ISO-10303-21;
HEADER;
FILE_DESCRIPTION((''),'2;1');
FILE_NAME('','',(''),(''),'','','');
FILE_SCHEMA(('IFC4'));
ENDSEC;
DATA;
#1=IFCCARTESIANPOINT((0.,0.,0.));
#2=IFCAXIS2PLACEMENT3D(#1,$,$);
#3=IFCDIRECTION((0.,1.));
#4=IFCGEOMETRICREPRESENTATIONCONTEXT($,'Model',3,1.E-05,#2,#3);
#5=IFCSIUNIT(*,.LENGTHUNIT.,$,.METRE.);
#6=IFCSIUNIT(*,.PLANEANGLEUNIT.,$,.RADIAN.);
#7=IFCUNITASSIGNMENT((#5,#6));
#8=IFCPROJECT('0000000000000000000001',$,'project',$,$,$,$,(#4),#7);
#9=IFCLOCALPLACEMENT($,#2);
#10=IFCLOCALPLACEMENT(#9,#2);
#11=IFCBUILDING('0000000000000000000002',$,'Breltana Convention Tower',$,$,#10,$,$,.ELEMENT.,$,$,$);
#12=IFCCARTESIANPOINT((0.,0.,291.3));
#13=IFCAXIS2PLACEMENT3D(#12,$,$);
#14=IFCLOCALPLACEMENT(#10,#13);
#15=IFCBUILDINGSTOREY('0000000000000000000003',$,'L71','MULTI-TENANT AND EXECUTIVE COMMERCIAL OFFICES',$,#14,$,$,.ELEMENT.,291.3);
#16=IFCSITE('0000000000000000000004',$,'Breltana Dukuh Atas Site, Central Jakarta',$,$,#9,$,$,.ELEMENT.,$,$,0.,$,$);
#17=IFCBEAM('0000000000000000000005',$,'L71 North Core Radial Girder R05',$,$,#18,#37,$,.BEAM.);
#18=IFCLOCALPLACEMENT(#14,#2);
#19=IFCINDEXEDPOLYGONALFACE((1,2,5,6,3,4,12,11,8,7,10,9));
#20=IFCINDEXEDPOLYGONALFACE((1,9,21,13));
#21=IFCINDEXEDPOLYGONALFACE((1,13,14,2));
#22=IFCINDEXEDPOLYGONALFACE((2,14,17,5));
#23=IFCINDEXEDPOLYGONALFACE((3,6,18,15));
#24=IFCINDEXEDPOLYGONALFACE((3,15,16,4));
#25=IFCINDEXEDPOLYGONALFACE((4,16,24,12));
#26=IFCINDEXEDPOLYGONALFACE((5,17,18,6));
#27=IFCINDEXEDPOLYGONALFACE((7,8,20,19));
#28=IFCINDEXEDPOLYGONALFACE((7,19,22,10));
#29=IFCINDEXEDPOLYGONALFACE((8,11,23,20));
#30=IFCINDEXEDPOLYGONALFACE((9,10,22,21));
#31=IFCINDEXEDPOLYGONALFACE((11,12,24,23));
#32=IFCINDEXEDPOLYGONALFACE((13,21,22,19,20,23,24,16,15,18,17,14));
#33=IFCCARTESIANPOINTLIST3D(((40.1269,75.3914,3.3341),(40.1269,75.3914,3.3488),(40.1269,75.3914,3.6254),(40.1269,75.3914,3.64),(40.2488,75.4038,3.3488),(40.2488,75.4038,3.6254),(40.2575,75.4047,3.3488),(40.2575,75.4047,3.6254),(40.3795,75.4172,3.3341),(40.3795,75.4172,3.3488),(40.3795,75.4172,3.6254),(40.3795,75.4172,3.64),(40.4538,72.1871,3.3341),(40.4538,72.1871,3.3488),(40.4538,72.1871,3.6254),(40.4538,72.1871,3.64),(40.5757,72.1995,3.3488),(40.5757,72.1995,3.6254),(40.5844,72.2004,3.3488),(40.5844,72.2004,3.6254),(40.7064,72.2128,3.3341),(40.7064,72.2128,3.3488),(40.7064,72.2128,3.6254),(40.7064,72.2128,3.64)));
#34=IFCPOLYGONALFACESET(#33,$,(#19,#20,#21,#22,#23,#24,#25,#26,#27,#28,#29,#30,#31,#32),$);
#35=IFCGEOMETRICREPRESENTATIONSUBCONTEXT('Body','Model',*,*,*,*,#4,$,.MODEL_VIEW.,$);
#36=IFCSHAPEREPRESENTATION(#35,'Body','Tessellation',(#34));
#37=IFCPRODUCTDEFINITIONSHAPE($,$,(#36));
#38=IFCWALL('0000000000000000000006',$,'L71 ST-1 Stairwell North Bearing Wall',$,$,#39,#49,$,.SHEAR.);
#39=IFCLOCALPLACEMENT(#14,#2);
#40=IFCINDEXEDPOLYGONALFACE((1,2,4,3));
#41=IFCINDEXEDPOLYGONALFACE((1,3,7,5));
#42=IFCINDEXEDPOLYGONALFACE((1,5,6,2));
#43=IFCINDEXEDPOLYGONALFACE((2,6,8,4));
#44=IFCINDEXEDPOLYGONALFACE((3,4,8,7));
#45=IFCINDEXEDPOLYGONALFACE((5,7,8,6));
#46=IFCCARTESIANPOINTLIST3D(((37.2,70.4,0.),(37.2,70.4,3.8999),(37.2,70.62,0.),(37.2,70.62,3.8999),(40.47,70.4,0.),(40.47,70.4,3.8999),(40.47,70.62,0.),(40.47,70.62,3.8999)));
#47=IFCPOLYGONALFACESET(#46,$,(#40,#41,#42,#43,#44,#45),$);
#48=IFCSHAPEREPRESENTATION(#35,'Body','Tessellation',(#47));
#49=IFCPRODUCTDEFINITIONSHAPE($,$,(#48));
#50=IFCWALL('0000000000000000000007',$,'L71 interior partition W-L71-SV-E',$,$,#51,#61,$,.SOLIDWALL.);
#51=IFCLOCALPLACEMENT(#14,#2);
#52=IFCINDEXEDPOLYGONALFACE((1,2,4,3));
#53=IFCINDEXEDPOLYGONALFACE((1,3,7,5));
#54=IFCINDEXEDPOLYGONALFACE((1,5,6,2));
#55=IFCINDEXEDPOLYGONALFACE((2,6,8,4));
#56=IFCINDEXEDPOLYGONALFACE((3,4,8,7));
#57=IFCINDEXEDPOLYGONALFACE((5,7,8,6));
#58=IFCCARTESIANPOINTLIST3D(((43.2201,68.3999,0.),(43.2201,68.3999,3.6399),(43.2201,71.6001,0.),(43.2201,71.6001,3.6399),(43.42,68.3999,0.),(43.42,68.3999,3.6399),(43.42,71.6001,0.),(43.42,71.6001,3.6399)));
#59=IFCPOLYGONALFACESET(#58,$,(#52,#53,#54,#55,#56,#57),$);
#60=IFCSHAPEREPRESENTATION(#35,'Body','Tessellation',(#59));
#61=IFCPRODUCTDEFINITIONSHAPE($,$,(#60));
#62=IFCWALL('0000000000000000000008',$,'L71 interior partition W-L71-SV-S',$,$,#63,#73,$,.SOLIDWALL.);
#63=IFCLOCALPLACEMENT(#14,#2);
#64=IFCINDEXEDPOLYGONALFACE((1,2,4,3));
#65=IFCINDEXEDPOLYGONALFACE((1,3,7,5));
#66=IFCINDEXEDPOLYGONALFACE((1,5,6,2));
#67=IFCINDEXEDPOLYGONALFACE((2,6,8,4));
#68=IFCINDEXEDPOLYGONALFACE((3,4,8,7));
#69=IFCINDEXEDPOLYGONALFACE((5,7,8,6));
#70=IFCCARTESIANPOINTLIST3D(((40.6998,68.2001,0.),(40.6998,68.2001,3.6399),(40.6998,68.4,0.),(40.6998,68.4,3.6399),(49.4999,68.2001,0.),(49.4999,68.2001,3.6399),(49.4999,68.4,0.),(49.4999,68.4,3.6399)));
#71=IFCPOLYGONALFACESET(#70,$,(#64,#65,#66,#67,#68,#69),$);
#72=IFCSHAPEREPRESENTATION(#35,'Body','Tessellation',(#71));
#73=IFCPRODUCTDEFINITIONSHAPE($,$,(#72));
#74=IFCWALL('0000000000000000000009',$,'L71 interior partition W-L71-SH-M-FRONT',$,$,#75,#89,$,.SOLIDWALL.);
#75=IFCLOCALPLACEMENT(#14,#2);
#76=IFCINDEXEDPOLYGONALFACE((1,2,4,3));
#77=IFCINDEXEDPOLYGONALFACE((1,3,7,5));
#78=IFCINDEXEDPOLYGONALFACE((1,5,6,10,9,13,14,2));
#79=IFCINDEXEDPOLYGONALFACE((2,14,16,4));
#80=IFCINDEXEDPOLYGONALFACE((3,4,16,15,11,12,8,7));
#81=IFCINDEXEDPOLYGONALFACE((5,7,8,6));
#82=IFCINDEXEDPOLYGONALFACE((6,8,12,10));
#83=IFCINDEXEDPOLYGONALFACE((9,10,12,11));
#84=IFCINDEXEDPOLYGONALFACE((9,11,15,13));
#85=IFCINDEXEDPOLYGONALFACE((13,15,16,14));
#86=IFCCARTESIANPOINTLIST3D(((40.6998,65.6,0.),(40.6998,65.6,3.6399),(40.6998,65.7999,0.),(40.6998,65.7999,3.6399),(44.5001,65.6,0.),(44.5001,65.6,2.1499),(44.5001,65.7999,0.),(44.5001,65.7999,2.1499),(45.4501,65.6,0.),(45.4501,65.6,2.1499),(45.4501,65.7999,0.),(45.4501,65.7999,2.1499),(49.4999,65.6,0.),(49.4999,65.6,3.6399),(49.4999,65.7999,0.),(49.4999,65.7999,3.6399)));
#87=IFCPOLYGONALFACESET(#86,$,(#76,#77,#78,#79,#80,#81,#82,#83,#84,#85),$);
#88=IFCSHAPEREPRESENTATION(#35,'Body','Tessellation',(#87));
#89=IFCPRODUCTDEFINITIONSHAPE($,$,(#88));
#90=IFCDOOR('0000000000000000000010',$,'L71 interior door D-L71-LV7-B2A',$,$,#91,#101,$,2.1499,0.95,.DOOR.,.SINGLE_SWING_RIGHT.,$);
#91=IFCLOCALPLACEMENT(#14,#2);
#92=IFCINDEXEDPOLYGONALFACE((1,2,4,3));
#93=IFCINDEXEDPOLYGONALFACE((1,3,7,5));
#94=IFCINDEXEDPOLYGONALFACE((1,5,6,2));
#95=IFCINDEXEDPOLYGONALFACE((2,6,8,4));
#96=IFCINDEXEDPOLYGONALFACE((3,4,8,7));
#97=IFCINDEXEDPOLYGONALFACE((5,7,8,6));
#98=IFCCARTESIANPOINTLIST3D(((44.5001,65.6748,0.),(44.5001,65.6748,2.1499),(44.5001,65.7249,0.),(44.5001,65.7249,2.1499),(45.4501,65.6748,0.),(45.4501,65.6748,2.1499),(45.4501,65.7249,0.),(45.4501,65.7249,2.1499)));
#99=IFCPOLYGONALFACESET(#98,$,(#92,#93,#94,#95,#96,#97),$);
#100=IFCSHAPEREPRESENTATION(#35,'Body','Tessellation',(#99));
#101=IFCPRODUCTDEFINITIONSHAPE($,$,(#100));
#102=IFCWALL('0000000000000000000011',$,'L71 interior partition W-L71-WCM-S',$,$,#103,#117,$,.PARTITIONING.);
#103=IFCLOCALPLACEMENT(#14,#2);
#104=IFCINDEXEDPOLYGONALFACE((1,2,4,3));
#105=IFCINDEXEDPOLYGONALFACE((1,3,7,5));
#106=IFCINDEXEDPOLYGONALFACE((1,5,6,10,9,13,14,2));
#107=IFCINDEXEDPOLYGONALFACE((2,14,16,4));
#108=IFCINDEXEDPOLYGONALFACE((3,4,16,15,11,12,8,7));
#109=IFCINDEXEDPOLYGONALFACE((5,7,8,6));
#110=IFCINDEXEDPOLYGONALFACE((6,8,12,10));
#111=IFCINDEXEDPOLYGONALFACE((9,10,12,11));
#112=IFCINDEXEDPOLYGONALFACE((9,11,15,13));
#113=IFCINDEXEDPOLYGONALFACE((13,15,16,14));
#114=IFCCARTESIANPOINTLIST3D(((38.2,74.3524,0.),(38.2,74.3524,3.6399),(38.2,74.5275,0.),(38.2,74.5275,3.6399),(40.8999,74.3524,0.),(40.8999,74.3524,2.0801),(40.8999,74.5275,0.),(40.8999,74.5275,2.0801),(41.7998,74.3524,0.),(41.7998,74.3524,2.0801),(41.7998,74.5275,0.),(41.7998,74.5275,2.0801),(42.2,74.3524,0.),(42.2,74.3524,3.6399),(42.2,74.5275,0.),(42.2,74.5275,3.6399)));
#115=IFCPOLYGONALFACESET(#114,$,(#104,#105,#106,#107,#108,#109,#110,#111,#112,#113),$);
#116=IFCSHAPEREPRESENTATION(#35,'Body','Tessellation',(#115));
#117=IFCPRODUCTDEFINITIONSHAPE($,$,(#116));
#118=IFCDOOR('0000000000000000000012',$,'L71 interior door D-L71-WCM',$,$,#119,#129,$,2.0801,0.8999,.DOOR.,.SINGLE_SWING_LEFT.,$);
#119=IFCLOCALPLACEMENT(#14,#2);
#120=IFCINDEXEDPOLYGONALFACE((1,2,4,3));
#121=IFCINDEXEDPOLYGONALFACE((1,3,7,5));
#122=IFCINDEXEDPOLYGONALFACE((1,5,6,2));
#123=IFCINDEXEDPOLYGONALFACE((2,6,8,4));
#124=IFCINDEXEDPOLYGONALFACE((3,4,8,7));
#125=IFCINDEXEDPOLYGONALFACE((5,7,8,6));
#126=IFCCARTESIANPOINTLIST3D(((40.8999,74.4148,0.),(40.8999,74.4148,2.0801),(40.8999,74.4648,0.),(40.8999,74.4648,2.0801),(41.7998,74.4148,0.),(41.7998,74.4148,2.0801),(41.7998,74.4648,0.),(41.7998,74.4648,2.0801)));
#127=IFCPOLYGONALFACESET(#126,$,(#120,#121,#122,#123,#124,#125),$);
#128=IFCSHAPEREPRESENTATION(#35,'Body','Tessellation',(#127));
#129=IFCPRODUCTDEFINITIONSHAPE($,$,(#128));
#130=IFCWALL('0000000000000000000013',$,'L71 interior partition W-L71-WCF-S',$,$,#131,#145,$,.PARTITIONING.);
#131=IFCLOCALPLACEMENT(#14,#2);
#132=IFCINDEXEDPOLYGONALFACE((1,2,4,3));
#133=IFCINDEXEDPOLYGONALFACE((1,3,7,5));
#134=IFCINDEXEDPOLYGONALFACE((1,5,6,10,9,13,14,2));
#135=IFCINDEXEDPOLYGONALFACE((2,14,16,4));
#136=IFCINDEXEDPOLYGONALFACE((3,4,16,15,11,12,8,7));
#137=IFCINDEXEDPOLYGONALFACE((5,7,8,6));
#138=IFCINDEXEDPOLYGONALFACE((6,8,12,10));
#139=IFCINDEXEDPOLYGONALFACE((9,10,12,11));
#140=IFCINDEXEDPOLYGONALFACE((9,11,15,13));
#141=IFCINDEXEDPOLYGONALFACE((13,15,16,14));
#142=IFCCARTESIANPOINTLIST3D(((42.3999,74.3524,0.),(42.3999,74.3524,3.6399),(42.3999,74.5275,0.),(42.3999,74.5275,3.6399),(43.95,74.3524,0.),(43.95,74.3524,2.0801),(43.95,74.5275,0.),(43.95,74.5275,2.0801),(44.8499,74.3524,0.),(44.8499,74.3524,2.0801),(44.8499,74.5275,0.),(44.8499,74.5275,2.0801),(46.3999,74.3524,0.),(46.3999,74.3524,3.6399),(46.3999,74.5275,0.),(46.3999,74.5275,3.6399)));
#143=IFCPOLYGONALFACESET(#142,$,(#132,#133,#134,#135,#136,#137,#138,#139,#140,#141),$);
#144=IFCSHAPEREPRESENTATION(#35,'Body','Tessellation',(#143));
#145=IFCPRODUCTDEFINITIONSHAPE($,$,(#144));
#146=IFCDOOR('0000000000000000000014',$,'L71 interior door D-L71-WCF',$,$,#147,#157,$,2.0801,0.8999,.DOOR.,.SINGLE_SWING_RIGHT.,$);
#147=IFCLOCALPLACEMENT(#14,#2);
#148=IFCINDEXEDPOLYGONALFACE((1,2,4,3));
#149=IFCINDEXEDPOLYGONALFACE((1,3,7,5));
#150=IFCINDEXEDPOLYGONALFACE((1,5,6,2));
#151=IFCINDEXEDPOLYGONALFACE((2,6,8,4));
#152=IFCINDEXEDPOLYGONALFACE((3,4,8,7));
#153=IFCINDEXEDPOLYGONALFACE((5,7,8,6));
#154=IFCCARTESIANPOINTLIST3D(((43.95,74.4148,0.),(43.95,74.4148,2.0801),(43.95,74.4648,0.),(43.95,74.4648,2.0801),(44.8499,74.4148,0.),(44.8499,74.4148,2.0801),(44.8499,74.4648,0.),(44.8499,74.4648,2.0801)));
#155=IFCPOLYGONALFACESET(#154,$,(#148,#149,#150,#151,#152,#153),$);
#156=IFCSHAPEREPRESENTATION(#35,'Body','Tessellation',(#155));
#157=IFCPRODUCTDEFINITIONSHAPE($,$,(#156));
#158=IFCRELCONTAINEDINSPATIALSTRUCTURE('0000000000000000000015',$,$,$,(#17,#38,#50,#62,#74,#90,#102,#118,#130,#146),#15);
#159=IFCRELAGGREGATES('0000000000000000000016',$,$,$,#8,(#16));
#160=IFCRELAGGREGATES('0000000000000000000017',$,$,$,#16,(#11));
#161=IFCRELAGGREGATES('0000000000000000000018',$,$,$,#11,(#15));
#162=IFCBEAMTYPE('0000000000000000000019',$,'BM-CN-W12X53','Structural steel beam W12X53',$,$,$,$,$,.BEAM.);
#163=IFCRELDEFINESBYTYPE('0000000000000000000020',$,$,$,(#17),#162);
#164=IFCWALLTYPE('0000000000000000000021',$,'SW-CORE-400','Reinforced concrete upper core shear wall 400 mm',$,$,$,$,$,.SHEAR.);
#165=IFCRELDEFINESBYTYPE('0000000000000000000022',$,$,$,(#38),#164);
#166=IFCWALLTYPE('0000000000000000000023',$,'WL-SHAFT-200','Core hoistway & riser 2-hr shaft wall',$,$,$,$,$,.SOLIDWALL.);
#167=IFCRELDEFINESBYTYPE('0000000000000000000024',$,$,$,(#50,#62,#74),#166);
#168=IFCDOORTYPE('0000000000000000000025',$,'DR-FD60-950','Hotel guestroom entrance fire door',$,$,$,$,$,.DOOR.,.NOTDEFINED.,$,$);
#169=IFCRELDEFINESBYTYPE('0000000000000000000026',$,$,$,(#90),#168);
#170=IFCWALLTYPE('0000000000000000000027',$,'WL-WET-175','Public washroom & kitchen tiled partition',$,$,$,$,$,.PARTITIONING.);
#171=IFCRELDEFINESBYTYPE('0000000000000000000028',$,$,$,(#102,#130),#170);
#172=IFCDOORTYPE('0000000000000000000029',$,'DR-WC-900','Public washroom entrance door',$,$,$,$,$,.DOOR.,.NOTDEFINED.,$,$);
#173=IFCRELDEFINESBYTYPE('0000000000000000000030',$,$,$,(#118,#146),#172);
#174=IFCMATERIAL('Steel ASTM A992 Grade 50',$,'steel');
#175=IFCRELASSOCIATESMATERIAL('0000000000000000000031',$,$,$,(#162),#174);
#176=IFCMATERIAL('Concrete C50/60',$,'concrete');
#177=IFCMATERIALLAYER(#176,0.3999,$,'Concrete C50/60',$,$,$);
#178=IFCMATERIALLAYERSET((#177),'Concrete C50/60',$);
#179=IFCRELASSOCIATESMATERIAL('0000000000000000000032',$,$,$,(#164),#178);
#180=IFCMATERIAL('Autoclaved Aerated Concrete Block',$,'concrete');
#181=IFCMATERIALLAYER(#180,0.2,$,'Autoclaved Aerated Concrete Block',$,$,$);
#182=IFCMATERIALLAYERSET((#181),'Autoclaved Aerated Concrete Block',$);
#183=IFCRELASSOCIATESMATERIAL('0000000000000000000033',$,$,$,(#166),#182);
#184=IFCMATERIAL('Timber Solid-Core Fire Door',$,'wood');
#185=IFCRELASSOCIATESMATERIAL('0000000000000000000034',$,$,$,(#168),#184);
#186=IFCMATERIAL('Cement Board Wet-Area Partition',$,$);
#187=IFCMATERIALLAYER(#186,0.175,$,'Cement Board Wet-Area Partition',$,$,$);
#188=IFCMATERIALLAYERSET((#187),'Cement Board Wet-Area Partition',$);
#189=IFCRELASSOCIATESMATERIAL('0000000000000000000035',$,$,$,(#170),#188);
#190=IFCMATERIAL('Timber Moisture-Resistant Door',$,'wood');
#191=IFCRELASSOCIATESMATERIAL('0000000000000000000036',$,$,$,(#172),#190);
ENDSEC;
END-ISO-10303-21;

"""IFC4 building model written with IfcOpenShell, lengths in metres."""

from ifc_helpers import new_model, si_unit, direction, frame, frame_2d, origin, origin_2d, place, context, subcontext, project, spatial, rectangle, i_section, extrude, source, transform, mapped, material, layer, layer_set, material_profile, profile_set, type_object, type_shapes, element, fill, save


model = new_model("IFC4")

# Units and contexts
model_context = context("Model", 3, precision=1e-05, world=origin(), true_north=direction((0.0, 1.0)))
body_context = subcontext(model_context, "Body", "Model", "MODEL_VIEW")
ifc_project = project(units=[si_unit("LENGTHUNIT", "METRE"), si_unit("PLANEANGLEUNIT", "RADIAN")], contexts=[model_context])

# Site, building, storey
site_placement = place(None, origin())
site = spatial("IfcSite", under=ifc_project, at=site_placement, Name="Breltana Dukuh Atas Site, Central Jakarta", CompositionType="ELEMENT", RefElevation=0.0)
building_placement = place(site_placement, origin())
building = spatial("IfcBuilding", under=site, at=building_placement, Name="Breltana Convention Tower", CompositionType="ELEMENT")
storey_placement = place(building_placement, frame((0.0, 0.0, 291.3)))
storey = spatial("IfcBuildingStorey", under=building, at=storey_placement, Name="L71", Description="MULTI-TENANT AND EXECUTIVE COMMERCIAL OFFICES", CompositionType="ELEMENT", Elevation=291.3)

# Beam
ifc_material_1 = material(Name="Steel ASTM A992 Grade 50", Category="steel")
ifc_material_profile = material_profile(ifc_material_1, i_section(OverallWidth=0.2539, OverallDepth=0.3059, WebThickness=0.0088, FlangeThickness=0.0146, at=origin_2d()), Name="W12X53")
ifc_profile_set = profile_set([ifc_material_profile], Name="Steel ASTM A992 Grade 50")
beam_type = type_object("IfcBeamType", Name="BM-CN-W12X53", Description="Structural steel beam W12X53", PredefinedType="BEAM", material=ifc_profile_set)
shared_shape_1 = source(origin(), body_context, "Body", "SweptSolid", [
    extrude(i_section(OverallWidth=0.2539, OverallDepth=0.3059, WebThickness=0.0088, FlangeThickness=0.0146, at=origin_2d()), origin(), (0.0, 0.0, 1.0), 3.2209),
])
beam_placement = place(storey_placement, frame((40.5801, 72.2, 3.4871), z_axis=(-0.101492, 0.994836, 0.0), x_axis=(-0.994836, -0.101492, 0.0)))
element("IfcBeam", 1, at=beam_placement, inside=storey, type_object=beam_type, Name="L71 North Core Radial Girder R05", PredefinedType="BEAM", context=body_context, shape_type="MappedRepresentation", body=[
    mapped(shared_shape_1, transform((0.0, 0.0, 0.0), scale=1.0)),
])

# Wall
ifc_material_2 = material(Name="Concrete C50/60", Category="concrete")
ifc_layer_1 = layer(ifc_material_2, 0.3999, Name="Concrete C50/60")
ifc_layer_set_1 = layer_set([ifc_layer_1], Name="Concrete C50/60")
wall_type_1 = type_object("IfcWallType", Name="SW-CORE-400", Description="Reinforced concrete upper core shear wall 400 mm", PredefinedType="SHEAR", material=ifc_layer_set_1)
shared_shape_2 = source(origin(), body_context, "Body", "SweptSolid", [
    extrude(rectangle(XDim=3.27, YDim=0.22, at=frame_2d((1.635, 0.0))), origin(), (0.0, 0.0, 1.0), 3.8999),
])
wall_1_placement = place(storey_placement, frame((37.2, 70.51, 0.0), z_axis=(0.0, 0.0, 1.0), x_axis=(1.0, 0.0, 0.0)))
element("IfcWall", 2, at=wall_1_placement, inside=storey, type_object=wall_type_1, Name="L71 ST-1 Stairwell North Bearing Wall", PredefinedType="SHEAR", context=body_context, shape_type="MappedRepresentation", body=[
    mapped(shared_shape_2, transform((0.0, 0.0, 0.0), scale=1.0)),
])

# Walls
ifc_material_3 = material(Name="Autoclaved Aerated Concrete Block", Category="concrete")
ifc_layer_2 = layer(ifc_material_3, 0.2, Name="Autoclaved Aerated Concrete Block")
ifc_layer_set_2 = layer_set([ifc_layer_2], Name="Autoclaved Aerated Concrete Block")
wall_type_2 = type_object("IfcWallType", Name="WL-SHAFT-200", Description="Core hoistway & riser 2-hr shaft wall", PredefinedType="SOLIDWALL", material=ifc_layer_set_2)
shared_shape_3 = source(origin(), body_context, "Body", "SweptSolid", [
    extrude(rectangle(XDim=3.2002, YDim=0.2, at=frame_2d((1.6001, 0.0))), origin(), (0.0, 0.0, 1.0), 3.6399),
])
wall_2_placement = place(storey_placement, frame((43.3201, 68.3999, 0.0), z_axis=(0.0, 0.0, 1.0), x_axis=(0.0, 1.0, 0.0)))
element("IfcWall", 3, at=wall_2_placement, inside=storey, type_object=wall_type_2, Name="L71 interior partition W-L71-SV-E", PredefinedType="SOLIDWALL", context=body_context, shape_type="MappedRepresentation", body=[
    mapped(shared_shape_3, transform((0.0, 0.0, 0.0), scale=1.0)),
])
shared_shape_4 = source(origin(), body_context, "Body", "SweptSolid", [
    extrude(rectangle(XDim=8.8, YDim=0.2, at=frame_2d((4.3999, 0.0))), origin(), (0.0, 0.0, 1.0), 3.6399),
])
wall_3_placement = place(storey_placement, frame((40.7, 68.3, 0.0), z_axis=(0.0, 0.0, 1.0), x_axis=(1.0, 0.0, 0.0)))
element("IfcWall", 4, at=wall_3_placement, inside=storey, type_object=wall_type_2, Name="L71 interior partition W-L71-SV-S", PredefinedType="SOLIDWALL", context=body_context, shape_type="MappedRepresentation", body=[
    mapped(shared_shape_4, transform((0.0, 0.0, 0.0), scale=1.0)),
])

# Wall, opening, door
wall_4_placement = place(storey_placement, frame((40.7, 65.7, 0.0), z_axis=(0.0, 0.0, 1.0), x_axis=(1.0, 0.0, 0.0)))
wall_4 = element("IfcWall", 5, at=wall_4_placement, inside=storey, type_object=wall_type_2, Name="L71 interior partition W-L71-SH-M-FRONT", PredefinedType="SOLIDWALL", context=body_context, shape_type="MappedRepresentation", body=[
    mapped(shared_shape_4, transform((0.0, 0.0, 0.0), scale=1.0)),
])
opening_1_placement = place(wall_4_placement, frame((3.8, 0.0, 0.0)))
opening_1 = element("IfcOpeningElement", 6, at=opening_1_placement, cuts=wall_4, PredefinedType="OPENING", context=body_context, shape_type="SweptSolid", body=[
    extrude(rectangle(XDim=0.95, YDim=2.1499, at=frame_2d((0.4751, 1.075))), frame((0.0, 0.1099, 0.0), z_axis=(0.0, -1.0, 0.0), x_axis=(1.0, 0.0, 0.0)), (0.0, 0.0, 1.0), 0.22),
])
ifc_material_4 = material(Name="Timber Solid-Core Fire Door", Category="wood")
door_type_1 = type_object("IfcDoorType", Name="DR-FD60-950", Description="Hotel guestroom entrance fire door", OperationType="NOTDEFINED", PredefinedType="DOOR", material=ifc_material_4)
shared_shape_5 = source(origin(), body_context, "Body", "SweptSolid", [
    extrude(rectangle(XDim=0.95, YDim=2.1499, at=frame_2d((0.4751, 1.075))), frame((0.0, 0.0249, 0.0), z_axis=(0.0, -1.0, 0.0), x_axis=(1.0, 0.0, 0.0)), (0.0, 0.0, 1.0), 0.05),
])
type_shapes(door_type_1, [shared_shape_5])
door_1_placement = place(opening_1_placement, origin())
door_1 = element("IfcDoor", 7, at=door_1_placement, inside=storey, type_object=door_type_1, Name="L71 interior door D-L71-LV7-B2A", OperationType="SINGLE_SWING_RIGHT", OverallHeight=2.1499, OverallWidth=0.95, PredefinedType="DOOR", context=body_context, shape_type="MappedRepresentation", body=[
    mapped(shared_shape_5, transform((0.0, 0.0, 0.0), scale=1.0)),
])
fill(opening_1, door_1)

# Walls, openings, doors
ifc_material_5 = material(Name="Cement Board Wet-Area Partition")
ifc_layer_3 = layer(ifc_material_5, 0.175, Name="Cement Board Wet-Area Partition")
ifc_layer_set_3 = layer_set([ifc_layer_3], Name="Cement Board Wet-Area Partition")
wall_type_3 = type_object("IfcWallType", Name="WL-WET-175", Description="Public washroom & kitchen tiled partition", PredefinedType="PARTITIONING", material=ifc_layer_set_3)
shared_shape_6 = source(origin(), body_context, "Body", "SweptSolid", [
    extrude(rectangle(XDim=4.0, YDim=0.175, at=frame_2d((2.0, 0.0))), origin(), (0.0, 0.0, 1.0), 3.6399),
])
wall_5_placement = place(storey_placement, frame((38.2, 74.4399, 0.0), z_axis=(0.0, 0.0, 1.0), x_axis=(1.0, 0.0, 0.0)))
wall_5 = element("IfcWall", 8, at=wall_5_placement, inside=storey, type_object=wall_type_3, Name="L71 interior partition W-L71-WCM-S", PredefinedType="PARTITIONING", context=body_context, shape_type="MappedRepresentation", body=[
    mapped(shared_shape_6, transform((0.0, 0.0, 0.0), scale=1.0)),
])
opening_2_placement = place(wall_5_placement, frame((2.7, 0.0, 0.0)))
opening_2 = element("IfcOpeningElement", 9, at=opening_2_placement, cuts=wall_5, PredefinedType="OPENING", context=body_context, shape_type="SweptSolid", body=[
    extrude(rectangle(XDim=0.8999, YDim=2.0801, at=frame_2d((0.45, 1.04))), frame((0.0, 0.0977, 0.0), z_axis=(0.0, -1.0, 0.0), x_axis=(1.0, 0.0, 0.0)), (0.0, 0.0, 1.0), 0.1951),
])
ifc_material_6 = material(Name="Timber Moisture-Resistant Door", Category="wood")
door_type_2 = type_object("IfcDoorType", Name="DR-WC-900", Description="Public washroom entrance door", OperationType="NOTDEFINED", PredefinedType="DOOR", material=ifc_material_6)
shared_shape_7 = source(origin(), body_context, "Body", "SweptSolid", [
    extrude(rectangle(XDim=0.8999, YDim=2.0801, at=frame_2d((0.45, 1.04))), frame((0.0, 0.0249, 0.0), z_axis=(0.0, -1.0, 0.0), x_axis=(1.0, 0.0, 0.0)), (0.0, 0.0, 1.0), 0.05),
])
type_shapes(door_type_2, [shared_shape_7])
door_2_placement = place(opening_2_placement, origin())
door_2 = element("IfcDoor", 10, at=door_2_placement, inside=storey, type_object=door_type_2, Name="L71 interior door D-L71-WCM", OperationType="SINGLE_SWING_LEFT", OverallHeight=2.0801, OverallWidth=0.8999, PredefinedType="DOOR", context=body_context, shape_type="MappedRepresentation", body=[
    mapped(shared_shape_7, transform((0.0, 0.0, 0.0), scale=1.0)),
])
fill(opening_2, door_2)
wall_6_placement = place(storey_placement, frame((42.3999, 74.4399, 0.0), z_axis=(0.0, 0.0, 1.0), x_axis=(1.0, 0.0, 0.0)))
wall_6 = element("IfcWall", 11, at=wall_6_placement, inside=storey, type_object=wall_type_3, Name="L71 interior partition W-L71-WCF-S", PredefinedType="PARTITIONING", context=body_context, shape_type="MappedRepresentation", body=[
    mapped(shared_shape_6, transform((0.0, 0.0, 0.0), scale=1.0)),
])
opening_3_placement = place(wall_6_placement, frame((1.55, 0.0, 0.0)))
opening_3 = element("IfcOpeningElement", 12, at=opening_3_placement, cuts=wall_6, PredefinedType="OPENING", context=body_context, shape_type="SweptSolid", body=[
    extrude(rectangle(XDim=0.8999, YDim=2.0801, at=frame_2d((0.45, 1.04))), frame((0.0, 0.0977, 0.0), z_axis=(0.0, -1.0, 0.0), x_axis=(1.0, 0.0, 0.0)), (0.0, 0.0, 1.0), 0.1951),
])
door_3_placement = place(opening_3_placement, origin())
door_3 = element("IfcDoor", 13, at=door_3_placement, inside=storey, type_object=door_type_2, Name="L71 interior door D-L71-WCF", OperationType="SINGLE_SWING_RIGHT", OverallHeight=2.0801, OverallWidth=0.8999, PredefinedType="DOOR", context=body_context, shape_type="MappedRepresentation", body=[
    mapped(shared_shape_7, transform((0.0, 0.0, 0.0), scale=1.0)),
])
fill(opening_3, door_3)

save(model, "model.ifc")
